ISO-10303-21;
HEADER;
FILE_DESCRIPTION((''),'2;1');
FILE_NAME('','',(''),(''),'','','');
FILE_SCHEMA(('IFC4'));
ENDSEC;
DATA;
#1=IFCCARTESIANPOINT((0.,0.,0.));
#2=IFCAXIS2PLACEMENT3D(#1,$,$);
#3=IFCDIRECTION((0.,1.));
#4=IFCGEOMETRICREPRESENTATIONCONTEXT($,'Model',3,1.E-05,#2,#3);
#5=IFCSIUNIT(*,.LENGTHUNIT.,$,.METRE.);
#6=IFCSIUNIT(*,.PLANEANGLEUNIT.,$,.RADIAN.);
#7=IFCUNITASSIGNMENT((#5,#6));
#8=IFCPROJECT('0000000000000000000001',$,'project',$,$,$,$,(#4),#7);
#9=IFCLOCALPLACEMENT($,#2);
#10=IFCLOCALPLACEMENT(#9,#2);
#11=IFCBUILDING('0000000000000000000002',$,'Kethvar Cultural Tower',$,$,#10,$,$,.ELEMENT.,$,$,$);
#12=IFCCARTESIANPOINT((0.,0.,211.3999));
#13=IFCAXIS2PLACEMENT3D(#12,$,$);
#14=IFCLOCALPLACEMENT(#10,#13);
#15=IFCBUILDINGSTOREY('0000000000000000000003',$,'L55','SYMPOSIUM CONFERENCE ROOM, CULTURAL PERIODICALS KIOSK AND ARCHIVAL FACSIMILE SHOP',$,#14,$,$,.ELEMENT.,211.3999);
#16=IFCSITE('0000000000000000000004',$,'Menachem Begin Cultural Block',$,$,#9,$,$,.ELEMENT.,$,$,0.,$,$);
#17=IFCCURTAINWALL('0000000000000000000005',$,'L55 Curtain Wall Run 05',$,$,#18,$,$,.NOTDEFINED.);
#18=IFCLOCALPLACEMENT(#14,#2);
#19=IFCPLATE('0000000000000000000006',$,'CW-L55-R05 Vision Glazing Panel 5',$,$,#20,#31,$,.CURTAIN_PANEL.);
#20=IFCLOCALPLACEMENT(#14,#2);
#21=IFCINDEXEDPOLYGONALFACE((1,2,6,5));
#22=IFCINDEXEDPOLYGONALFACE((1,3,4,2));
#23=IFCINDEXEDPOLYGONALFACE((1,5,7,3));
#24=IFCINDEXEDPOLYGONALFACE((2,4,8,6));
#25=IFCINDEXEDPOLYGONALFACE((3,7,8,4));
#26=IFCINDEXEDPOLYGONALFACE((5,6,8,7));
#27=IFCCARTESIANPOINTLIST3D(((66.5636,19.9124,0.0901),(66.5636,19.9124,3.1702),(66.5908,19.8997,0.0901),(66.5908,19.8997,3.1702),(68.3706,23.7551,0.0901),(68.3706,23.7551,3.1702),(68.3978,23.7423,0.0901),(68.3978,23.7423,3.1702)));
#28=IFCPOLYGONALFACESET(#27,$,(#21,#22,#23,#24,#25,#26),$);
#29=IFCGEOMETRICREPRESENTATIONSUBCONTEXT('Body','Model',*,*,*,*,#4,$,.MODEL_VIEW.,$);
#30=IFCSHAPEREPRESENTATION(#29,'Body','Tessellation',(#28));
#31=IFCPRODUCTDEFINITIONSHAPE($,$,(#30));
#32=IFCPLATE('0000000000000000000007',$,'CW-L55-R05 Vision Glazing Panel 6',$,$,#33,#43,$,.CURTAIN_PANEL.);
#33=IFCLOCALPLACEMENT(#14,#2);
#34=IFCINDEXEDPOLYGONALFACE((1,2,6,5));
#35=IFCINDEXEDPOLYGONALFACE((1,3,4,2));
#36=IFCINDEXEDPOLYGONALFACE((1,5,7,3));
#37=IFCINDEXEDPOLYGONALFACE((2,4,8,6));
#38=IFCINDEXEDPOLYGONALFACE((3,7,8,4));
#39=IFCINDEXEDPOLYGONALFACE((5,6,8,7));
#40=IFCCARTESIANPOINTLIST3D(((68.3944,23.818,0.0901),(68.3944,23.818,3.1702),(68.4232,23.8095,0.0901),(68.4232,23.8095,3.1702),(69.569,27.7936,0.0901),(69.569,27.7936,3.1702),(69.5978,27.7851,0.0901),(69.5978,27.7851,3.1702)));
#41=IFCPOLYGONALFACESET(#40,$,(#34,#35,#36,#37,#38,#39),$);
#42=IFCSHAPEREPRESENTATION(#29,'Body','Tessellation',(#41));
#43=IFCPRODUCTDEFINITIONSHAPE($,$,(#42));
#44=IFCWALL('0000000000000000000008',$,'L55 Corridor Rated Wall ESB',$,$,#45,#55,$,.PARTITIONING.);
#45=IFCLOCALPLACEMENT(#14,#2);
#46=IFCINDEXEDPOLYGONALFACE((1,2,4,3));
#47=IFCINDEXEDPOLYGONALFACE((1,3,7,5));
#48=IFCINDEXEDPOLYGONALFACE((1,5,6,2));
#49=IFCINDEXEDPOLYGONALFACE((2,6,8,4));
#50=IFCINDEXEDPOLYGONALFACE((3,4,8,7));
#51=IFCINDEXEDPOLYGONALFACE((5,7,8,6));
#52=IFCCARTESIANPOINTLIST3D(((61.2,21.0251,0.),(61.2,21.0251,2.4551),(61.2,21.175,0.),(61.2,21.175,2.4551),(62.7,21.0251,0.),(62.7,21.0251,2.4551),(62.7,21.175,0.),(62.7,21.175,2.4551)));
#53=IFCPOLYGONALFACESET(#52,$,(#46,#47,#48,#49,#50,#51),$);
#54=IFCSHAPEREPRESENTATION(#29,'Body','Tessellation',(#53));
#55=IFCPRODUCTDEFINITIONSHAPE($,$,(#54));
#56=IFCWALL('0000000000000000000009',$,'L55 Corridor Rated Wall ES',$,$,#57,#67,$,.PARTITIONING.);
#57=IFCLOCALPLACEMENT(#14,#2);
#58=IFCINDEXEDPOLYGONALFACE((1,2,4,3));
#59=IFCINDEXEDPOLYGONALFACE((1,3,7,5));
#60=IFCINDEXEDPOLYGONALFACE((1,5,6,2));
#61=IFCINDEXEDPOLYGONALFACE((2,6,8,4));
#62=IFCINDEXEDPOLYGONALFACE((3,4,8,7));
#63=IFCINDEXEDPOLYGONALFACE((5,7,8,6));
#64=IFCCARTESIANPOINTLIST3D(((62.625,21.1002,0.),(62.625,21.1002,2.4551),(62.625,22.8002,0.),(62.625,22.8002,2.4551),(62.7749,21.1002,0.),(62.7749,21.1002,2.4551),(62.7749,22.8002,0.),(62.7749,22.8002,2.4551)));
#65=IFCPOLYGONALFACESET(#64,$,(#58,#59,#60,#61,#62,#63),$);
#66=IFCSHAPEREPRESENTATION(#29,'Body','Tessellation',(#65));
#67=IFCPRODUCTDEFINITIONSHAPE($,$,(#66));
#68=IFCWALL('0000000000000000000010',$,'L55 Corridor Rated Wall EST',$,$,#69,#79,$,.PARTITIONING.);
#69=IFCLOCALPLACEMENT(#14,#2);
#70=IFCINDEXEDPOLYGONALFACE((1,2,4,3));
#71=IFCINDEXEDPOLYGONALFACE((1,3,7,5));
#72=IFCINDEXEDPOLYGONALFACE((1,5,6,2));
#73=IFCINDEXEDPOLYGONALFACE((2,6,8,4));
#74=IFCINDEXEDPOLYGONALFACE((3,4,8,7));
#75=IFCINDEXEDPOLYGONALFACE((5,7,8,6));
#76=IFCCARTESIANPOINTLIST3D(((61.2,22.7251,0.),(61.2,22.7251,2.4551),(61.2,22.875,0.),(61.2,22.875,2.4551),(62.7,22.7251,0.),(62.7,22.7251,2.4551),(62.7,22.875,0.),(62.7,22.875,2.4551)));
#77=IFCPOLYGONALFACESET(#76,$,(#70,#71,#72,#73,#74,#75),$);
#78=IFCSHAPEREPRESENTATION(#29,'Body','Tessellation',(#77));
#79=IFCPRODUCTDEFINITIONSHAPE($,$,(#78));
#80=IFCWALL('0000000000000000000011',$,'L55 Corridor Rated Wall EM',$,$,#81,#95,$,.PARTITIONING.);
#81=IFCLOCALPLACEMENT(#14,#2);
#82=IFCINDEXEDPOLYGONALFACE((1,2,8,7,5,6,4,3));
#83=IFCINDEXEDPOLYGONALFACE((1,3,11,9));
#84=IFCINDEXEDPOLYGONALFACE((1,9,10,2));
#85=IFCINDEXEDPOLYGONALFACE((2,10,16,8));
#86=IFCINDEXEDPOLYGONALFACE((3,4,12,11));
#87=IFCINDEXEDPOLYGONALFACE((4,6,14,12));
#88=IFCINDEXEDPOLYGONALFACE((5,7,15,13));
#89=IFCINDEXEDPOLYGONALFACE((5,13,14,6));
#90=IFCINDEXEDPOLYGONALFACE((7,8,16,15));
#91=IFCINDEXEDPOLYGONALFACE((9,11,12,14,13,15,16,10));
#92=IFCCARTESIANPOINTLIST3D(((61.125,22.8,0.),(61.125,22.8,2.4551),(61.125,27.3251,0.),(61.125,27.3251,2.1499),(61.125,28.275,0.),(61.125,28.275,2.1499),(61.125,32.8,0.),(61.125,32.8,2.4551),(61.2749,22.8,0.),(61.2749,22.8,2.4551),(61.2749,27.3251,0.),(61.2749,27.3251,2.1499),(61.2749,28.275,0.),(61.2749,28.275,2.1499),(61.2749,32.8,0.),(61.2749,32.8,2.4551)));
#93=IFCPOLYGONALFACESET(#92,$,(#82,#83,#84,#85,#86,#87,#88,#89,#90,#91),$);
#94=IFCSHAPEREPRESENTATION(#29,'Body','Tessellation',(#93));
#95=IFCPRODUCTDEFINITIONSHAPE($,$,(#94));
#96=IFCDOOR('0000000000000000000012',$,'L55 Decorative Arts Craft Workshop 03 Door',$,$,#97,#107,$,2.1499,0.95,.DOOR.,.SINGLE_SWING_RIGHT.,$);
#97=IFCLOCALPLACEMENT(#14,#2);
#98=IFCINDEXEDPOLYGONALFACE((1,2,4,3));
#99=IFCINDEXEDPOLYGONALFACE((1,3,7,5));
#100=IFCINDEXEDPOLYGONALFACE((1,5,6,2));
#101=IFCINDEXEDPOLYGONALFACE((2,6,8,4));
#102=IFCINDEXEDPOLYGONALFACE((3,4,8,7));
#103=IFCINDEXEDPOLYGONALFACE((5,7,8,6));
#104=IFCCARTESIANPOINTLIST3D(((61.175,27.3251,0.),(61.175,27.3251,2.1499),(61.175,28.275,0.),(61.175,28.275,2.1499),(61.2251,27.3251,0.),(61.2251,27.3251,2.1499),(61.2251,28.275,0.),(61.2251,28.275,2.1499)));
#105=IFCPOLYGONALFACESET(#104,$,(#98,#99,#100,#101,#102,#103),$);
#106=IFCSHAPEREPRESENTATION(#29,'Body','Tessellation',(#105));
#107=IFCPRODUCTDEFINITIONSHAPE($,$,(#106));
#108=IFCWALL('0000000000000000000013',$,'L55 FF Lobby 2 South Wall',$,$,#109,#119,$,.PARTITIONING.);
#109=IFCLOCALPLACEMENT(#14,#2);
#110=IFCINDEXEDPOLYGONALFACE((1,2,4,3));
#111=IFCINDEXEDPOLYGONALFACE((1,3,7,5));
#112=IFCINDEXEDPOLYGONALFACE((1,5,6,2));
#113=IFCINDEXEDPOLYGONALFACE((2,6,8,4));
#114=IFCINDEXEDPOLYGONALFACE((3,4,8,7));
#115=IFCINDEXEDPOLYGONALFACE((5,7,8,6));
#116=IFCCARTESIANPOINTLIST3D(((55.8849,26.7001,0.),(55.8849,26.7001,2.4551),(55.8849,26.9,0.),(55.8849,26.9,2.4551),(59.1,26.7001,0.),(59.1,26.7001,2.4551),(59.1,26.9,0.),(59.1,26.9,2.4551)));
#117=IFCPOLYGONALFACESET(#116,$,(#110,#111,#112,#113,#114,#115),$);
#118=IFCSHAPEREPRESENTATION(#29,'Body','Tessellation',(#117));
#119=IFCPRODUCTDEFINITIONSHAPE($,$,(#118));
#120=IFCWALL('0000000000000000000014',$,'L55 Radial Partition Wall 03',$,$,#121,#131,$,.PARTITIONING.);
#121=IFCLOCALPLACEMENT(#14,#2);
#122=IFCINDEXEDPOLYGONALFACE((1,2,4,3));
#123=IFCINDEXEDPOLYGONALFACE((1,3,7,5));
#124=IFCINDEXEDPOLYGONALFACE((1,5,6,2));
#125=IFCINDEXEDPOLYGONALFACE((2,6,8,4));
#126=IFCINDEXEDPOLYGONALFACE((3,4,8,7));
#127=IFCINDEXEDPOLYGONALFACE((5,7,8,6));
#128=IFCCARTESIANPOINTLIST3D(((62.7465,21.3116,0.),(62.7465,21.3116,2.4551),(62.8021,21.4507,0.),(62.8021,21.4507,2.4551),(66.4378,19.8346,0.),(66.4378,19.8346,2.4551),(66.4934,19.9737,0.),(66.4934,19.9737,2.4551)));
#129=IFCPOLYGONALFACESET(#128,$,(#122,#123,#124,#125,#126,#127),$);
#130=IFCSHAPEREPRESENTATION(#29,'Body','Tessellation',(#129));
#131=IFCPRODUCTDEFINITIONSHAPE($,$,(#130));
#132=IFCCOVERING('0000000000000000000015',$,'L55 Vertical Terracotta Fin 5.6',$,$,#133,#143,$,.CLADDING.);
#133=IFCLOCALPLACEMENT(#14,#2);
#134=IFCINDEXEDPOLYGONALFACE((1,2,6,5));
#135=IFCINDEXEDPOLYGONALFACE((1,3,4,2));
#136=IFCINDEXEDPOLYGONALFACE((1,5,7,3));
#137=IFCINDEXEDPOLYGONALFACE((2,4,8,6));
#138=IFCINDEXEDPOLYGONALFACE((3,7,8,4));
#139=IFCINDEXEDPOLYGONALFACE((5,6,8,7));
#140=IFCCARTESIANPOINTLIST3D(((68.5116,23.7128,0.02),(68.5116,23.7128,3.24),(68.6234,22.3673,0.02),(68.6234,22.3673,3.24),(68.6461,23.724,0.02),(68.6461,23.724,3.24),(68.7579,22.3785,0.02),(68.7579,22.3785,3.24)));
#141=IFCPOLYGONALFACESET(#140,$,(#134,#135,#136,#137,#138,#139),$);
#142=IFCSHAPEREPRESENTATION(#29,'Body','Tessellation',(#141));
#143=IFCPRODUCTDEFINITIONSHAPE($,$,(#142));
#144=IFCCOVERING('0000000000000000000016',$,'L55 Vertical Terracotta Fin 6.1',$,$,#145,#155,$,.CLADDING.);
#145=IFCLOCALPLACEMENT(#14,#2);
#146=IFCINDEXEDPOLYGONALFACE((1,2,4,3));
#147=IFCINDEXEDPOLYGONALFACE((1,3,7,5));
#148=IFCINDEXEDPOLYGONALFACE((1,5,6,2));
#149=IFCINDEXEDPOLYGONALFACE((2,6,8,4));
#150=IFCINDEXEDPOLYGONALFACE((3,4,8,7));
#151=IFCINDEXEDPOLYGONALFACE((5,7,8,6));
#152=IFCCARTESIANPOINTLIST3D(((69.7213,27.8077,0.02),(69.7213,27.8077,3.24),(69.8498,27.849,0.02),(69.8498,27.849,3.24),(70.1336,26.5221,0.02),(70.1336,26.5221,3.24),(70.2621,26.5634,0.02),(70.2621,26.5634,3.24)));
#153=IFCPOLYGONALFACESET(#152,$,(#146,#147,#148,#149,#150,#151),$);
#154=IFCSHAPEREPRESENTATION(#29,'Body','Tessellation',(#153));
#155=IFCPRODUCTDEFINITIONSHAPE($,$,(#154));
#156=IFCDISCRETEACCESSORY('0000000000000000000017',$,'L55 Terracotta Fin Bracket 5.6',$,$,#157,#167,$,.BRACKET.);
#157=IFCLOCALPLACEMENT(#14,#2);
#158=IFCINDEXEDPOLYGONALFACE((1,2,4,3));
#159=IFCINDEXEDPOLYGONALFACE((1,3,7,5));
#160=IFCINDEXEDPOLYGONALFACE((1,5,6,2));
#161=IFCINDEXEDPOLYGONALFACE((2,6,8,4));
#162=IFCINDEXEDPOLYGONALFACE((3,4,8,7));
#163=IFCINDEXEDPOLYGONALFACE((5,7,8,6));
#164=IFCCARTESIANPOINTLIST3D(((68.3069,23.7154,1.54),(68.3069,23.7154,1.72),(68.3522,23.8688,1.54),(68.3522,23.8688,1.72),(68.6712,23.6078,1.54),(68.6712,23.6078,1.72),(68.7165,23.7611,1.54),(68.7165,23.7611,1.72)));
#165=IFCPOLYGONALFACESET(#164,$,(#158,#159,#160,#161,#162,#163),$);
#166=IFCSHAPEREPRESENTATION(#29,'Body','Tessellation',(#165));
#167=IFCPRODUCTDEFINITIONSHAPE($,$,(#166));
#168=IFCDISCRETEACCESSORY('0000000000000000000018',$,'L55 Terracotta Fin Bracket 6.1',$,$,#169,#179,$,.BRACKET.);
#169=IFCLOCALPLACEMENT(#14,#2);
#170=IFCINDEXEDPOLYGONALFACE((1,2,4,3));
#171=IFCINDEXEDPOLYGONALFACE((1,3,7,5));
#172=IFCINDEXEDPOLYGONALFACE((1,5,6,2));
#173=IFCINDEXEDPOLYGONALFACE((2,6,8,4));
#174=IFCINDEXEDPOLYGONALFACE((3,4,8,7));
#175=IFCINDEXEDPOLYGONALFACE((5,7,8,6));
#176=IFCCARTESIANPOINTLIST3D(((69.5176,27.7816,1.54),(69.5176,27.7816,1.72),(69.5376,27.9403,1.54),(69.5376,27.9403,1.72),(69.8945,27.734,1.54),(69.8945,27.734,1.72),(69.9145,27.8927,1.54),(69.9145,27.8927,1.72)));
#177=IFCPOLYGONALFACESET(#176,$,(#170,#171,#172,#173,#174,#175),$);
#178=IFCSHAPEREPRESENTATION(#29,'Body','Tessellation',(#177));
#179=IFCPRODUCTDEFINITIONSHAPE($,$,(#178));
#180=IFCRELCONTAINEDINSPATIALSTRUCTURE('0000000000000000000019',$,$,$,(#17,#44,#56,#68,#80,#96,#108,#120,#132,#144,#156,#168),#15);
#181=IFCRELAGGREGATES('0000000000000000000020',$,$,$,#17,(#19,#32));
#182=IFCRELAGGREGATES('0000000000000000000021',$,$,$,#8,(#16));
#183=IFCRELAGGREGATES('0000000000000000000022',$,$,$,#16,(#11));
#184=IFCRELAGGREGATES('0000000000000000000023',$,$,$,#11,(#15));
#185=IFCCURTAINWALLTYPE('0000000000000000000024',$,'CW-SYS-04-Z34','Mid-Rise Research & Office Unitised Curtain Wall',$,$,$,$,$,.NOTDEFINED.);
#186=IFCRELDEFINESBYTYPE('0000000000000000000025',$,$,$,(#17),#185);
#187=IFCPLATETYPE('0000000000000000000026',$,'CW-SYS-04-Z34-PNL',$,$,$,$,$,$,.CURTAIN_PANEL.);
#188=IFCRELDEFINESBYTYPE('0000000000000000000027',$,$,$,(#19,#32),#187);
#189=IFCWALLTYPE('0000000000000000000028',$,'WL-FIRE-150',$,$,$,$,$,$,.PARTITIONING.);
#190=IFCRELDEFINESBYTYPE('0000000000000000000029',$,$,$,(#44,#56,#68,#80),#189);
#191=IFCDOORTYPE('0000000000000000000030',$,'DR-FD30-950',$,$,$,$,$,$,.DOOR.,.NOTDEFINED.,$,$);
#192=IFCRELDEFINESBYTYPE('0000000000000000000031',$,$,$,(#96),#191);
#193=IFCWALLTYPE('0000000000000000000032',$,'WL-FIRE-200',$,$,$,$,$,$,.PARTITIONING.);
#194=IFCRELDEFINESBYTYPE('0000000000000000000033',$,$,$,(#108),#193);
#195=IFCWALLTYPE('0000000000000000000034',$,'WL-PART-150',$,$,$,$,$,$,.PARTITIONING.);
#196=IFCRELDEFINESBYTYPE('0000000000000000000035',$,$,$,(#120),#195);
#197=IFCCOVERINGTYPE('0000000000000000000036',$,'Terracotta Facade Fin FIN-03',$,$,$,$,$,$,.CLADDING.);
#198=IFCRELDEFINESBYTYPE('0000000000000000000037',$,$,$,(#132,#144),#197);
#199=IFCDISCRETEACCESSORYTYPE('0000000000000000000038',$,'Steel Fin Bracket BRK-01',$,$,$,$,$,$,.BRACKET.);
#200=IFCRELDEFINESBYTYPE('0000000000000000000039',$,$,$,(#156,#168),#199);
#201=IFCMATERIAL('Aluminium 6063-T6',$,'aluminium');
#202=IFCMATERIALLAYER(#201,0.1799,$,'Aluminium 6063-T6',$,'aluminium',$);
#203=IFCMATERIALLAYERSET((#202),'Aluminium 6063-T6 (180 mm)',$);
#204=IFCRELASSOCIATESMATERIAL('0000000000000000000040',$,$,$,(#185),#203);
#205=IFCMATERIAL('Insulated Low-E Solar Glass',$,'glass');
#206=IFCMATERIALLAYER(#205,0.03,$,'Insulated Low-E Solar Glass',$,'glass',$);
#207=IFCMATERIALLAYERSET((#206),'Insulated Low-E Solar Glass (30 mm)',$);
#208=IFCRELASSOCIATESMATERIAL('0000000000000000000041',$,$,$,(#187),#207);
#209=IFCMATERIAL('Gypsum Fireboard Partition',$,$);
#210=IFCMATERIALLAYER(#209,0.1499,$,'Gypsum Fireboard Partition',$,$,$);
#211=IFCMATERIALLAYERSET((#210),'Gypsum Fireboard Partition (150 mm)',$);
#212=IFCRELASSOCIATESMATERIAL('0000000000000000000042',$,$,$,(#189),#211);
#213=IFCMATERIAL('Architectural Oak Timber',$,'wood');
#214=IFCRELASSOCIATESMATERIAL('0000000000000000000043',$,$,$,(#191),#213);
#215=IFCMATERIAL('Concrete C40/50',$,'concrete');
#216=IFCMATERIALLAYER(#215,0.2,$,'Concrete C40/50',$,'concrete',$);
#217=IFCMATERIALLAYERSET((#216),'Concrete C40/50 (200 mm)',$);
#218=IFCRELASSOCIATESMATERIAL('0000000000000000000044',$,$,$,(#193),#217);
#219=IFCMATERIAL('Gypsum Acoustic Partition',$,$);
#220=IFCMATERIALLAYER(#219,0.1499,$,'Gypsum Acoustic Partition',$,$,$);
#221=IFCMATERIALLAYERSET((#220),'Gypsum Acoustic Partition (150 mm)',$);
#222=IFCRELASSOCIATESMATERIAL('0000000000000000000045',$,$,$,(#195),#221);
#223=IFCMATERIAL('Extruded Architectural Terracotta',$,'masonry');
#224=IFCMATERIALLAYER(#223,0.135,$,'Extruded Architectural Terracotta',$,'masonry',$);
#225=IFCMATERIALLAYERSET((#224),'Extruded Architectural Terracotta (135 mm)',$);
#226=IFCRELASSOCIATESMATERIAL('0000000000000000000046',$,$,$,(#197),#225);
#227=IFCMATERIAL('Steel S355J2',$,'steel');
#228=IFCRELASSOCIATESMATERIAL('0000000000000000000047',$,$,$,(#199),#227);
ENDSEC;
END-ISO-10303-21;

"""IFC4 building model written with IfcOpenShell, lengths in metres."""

from ifc_helpers import new_model, si_unit, direction, frame, frame_2d, origin, origin_2d, place, context, subcontext, project, spatial, rectangle, extrude, source, transform, mapped, material, layer, layer_set, type_object, element, fill, aggregate, save


model = new_model("IFC4")

# Units and contexts
model_context = context("Model", 3, precision=1e-05, world=origin(), true_north=direction((0.0, 1.0)))
body_context = subcontext(model_context, "Body", "Model", "MODEL_VIEW")
ifc_project = project(units=[si_unit("LENGTHUNIT", "METRE"), si_unit("PLANEANGLEUNIT", "RADIAN")], contexts=[model_context])

# Site, building, storey
site_placement = place(None, origin())
site = spatial("IfcSite", under=ifc_project, at=site_placement, Name="Menachem Begin Cultural Block", CompositionType="ELEMENT", RefElevation=0.0)
building_placement = place(site_placement, origin())
building = spatial("IfcBuilding", under=site, at=building_placement, Name="Kethvar Cultural Tower", CompositionType="ELEMENT")
storey_placement = place(building_placement, frame((0.0, 0.0, 211.3999)))
storey = spatial("IfcBuildingStorey", under=building, at=storey_placement, Name="L55", Description="SYMPOSIUM CONFERENCE ROOM, CULTURAL PERIODICALS KIOSK AND ARCHIVAL FACSIMILE SHOP", CompositionType="ELEMENT", Elevation=211.3999)

# Shared definitions
ifc_material_1 = material(Name="Steel S355J2", Category="steel")

# Curtain wall
ifc_material_2 = material(Name="Aluminium 6063-T6", Category="aluminium")
ifc_layer_1 = layer(ifc_material_2, 0.1799, Name="Aluminium 6063-T6", Category="aluminium")
ifc_layer_set_1 = layer_set([ifc_layer_1], Name="Aluminium 6063-T6 (180 mm)")
curtain_wall_type = type_object("IfcCurtainWallType", Name="CW-SYS-04-Z34", Description="Mid-Rise Research & Office Unitised Curtain Wall", PredefinedType="NOTDEFINED", material=ifc_layer_set_1)
curtain_wall_1_placement = place(storey_placement, origin())
curtain_wall_1 = element("IfcCurtainWall", 1, at=curtain_wall_1_placement, inside=storey, type_object=curtain_wall_type, Name="L55 Curtain Wall Run 05", PredefinedType="NOTDEFINED")

# Plates
ifc_material_3 = material(Name="Insulated Low-E Solar Glass", Category="glass")
ifc_layer_2 = layer(ifc_material_3, 0.03, Name="Insulated Low-E Solar Glass", Category="glass")
ifc_layer_set_2 = layer_set([ifc_layer_2], Name="Insulated Low-E Solar Glass (30 mm)")
plate_type = type_object("IfcPlateType", Name="CW-SYS-04-Z34-PNL", PredefinedType="CURTAIN_PANEL", material=ifc_layer_set_2)
shared_shape_1 = source(origin(), body_context, "Body", "SweptSolid", [
    extrude(rectangle(XDim=4.2463, YDim=0.03, at=origin_2d()), origin(), (0.0, 0.0, 1.0), 3.0801),
])
plate_1_placement = place(storey_placement, frame((67.4807, 21.8274, 0.0901), z_axis=(0.0, 0.0, 1.0), x_axis=(0.425542, 0.904938, 0.0)))
plate_1 = element("IfcPlate", 2, at=plate_1_placement, type_object=plate_type, Name="CW-L55-R05 Vision Glazing Panel 5", PredefinedType="CURTAIN_PANEL", context=body_context, shape_type="MappedRepresentation", body=[
    mapped(shared_shape_1, transform((0.0, 0.0, 0.0), scale=1.0)),
])
shared_shape_2 = source(origin(), body_context, "Body", "SweptSolid", [
    extrude(rectangle(XDim=4.1455, YDim=0.03, at=origin_2d()), origin(), (0.0, 0.0, 1.0), 3.0801),
])
plate_2_placement = place(storey_placement, frame((68.9961, 25.8015, 0.0901), z_axis=(0.0, 0.0, 1.0), x_axis=(0.283346, 0.959018, 0.0)))
plate_2 = element("IfcPlate", 3, at=plate_2_placement, type_object=plate_type, Name="CW-L55-R05 Vision Glazing Panel 6", PredefinedType="CURTAIN_PANEL", context=body_context, shape_type="MappedRepresentation", body=[
    mapped(shared_shape_2, transform((0.0, 0.0, 0.0), scale=1.0)),
])
aggregate(curtain_wall_1, [plate_1, plate_2])

# Walls
ifc_material_4 = material(Name="Gypsum Fireboard Partition")
ifc_layer_3 = layer(ifc_material_4, 0.1499, Name="Gypsum Fireboard Partition")
ifc_layer_set_3 = layer_set([ifc_layer_3], Name="Gypsum Fireboard Partition (150 mm)")
wall_type_1 = type_object("IfcWallType", Name="WL-FIRE-150", PredefinedType="PARTITIONING", material=ifc_layer_set_3)
wall_1_placement = place(storey_placement, frame((61.2, 21.1001, 0.0), z_axis=(0.0, 0.0, 1.0), x_axis=(1.0, 0.0, 0.0)))
element("IfcWall", 4, at=wall_1_placement, inside=storey, type_object=wall_type_1, Name="L55 Corridor Rated Wall ESB", PredefinedType="PARTITIONING", context=body_context, shape_type="SweptSolid", body=[
    extrude(rectangle(XDim=1.5, YDim=0.1499, at=frame_2d((0.75, 0.0))), origin(), (0.0, 0.0, 1.0), 2.4551),
])
wall_2_placement = place(storey_placement, frame((62.7, 21.1001, 0.0), z_axis=(0.0, 0.0, 1.0), x_axis=(0.0, 1.0, 0.0)))
element("IfcWall", 5, at=wall_2_placement, inside=storey, type_object=wall_type_1, Name="L55 Corridor Rated Wall ES", PredefinedType="PARTITIONING", context=body_context, shape_type="SweptSolid", body=[
    extrude(rectangle(XDim=1.7, YDim=0.1499, at=frame_2d((0.8501, 0.0))), origin(), (0.0, 0.0, 1.0), 2.4551),
])
wall_3_placement = place(storey_placement, frame((62.7, 22.8, 0.0), z_axis=(0.0, 0.0, 1.0), x_axis=(-1.0, 0.0, 0.0)))
element("IfcWall", 6, at=wall_3_placement, inside=storey, type_object=wall_type_1, Name="L55 Corridor Rated Wall EST", PredefinedType="PARTITIONING", context=body_context, shape_type="SweptSolid", body=[
    extrude(rectangle(XDim=1.5, YDim=0.1499, at=frame_2d((0.75, 0.0))), origin(), (0.0, 0.0, 1.0), 2.4551),
])

# Wall, opening, door
wall_4_placement = place(storey_placement, frame((61.2, 22.8, 0.0), z_axis=(0.0, 0.0, 1.0), x_axis=(0.0, 1.0, 0.0)))
wall_4 = element("IfcWall", 7, at=wall_4_placement, inside=storey, type_object=wall_type_1, Name="L55 Corridor Rated Wall EM", PredefinedType="PARTITIONING", context=body_context, shape_type="SweptSolid", body=[
    extrude(rectangle(XDim=10.0, YDim=0.1499, at=frame_2d((5.0, 0.0))), origin(), (0.0, 0.0, 1.0), 2.4551),
])
opening_1_placement = place(wall_4_placement, frame((4.5249, 0.0, 0.0)))
opening_1 = element("IfcOpeningElement", 8, at=opening_1_placement, cuts=wall_4, PredefinedType="OPENING", context=body_context, shape_type="SweptSolid", body=[
    extrude(rectangle(XDim=0.95, YDim=2.1499, at=frame_2d((0.4751, 1.075))), frame((0.0, 0.085, 0.0), z_axis=(0.0, -1.0, 0.0), x_axis=(1.0, 0.0, 0.0)), (0.0, 0.0, 1.0), 0.1699),
])
ifc_material_5 = material(Name="Architectural Oak Timber", Category="wood")
door_type_1 = type_object("IfcDoorType", Name="DR-FD30-950", OperationType="NOTDEFINED", PredefinedType="DOOR", material=ifc_material_5)
shared_shape_3 = source(origin(), body_context, "Body", "SweptSolid", [
    extrude(rectangle(XDim=0.95, YDim=2.1499, at=frame_2d((0.4751, 1.075))), frame((0.0, 0.0249, 0.0), z_axis=(0.0, -1.0, 0.0), x_axis=(1.0, 0.0, 0.0)), (0.0, 0.0, 1.0), 0.05),
])
door_1_placement = place(opening_1_placement, origin())
door_1 = element("IfcDoor", 9, at=door_1_placement, inside=storey, type_object=door_type_1, Name="L55 Decorative Arts Craft Workshop 03 Door", OperationType="SINGLE_SWING_RIGHT", OverallHeight=2.1499, OverallWidth=0.95, PredefinedType="DOOR", context=body_context, shape_type="MappedRepresentation", body=[
    mapped(shared_shape_3, transform((0.0, 0.0, 0.0), scale=1.0)),
])
fill(opening_1, door_1)
ifc_material_6 = material(Name="Concrete C40/50", Category="concrete")
ifc_layer_4 = layer(ifc_material_6, 0.2, Name="Concrete C40/50", Category="concrete")
ifc_layer_set_4 = layer_set([ifc_layer_4], Name="Concrete C40/50 (200 mm)")
wall_type_2 = type_object("IfcWallType", Name="WL-FIRE-200", PredefinedType="PARTITIONING", material=ifc_layer_set_4)

# Walls
wall_5_placement = place(storey_placement, frame((55.885, 26.8, 0.0), z_axis=(0.0, 0.0, 1.0), x_axis=(1.0, 0.0, 0.0)))
element("IfcWall", 10, at=wall_5_placement, inside=storey, type_object=wall_type_2, Name="L55 FF Lobby 2 South Wall", PredefinedType="PARTITIONING", context=body_context, shape_type="SweptSolid", body=[
    extrude(rectangle(XDim=3.2151, YDim=0.2, at=frame_2d((1.6074, 0.0))), origin(), (0.0, 0.0, 1.0), 2.4551),
])
ifc_material_7 = material(Name="Gypsum Acoustic Partition")
ifc_layer_5 = layer(ifc_material_7, 0.1499, Name="Gypsum Acoustic Partition")
ifc_layer_set_5 = layer_set([ifc_layer_5], Name="Gypsum Acoustic Partition (150 mm)")
wall_type_3 = type_object("IfcWallType", Name="WL-PART-150", PredefinedType="PARTITIONING", material=ifc_layer_set_5)
wall_6_placement = place(storey_placement, frame((62.7744, 21.3811, 0.0), z_axis=(0.0, 0.0, 1.0), x_axis=(0.928434, -0.371497, 0.0)))
element("IfcWall", 11, at=wall_6_placement, inside=storey, type_object=wall_type_3, Name="L55 Radial Partition Wall 03", PredefinedType="PARTITIONING", context=body_context, shape_type="SweptSolid", body=[
    extrude(rectangle(XDim=3.9758, YDim=0.1499, at=frame_2d((1.9878, 0.0))), origin(), (0.0, 0.0, 1.0), 2.4551),
])

# Coverings
ifc_material_8 = material(Name="Extruded Architectural Terracotta", Category="masonry")
ifc_layer_6 = layer(ifc_material_8, 0.135, Name="Extruded Architectural Terracotta", Category="masonry")
ifc_layer_set_6 = layer_set([ifc_layer_6], Name="Extruded Architectural Terracotta (135 mm)")
covering_type = type_object("IfcCoveringType", Name="Terracotta Facade Fin FIN-03", PredefinedType="CLADDING", material=ifc_layer_set_6)
shared_shape_4 = source(origin(), body_context, "Body", "SweptSolid", [
    extrude(rectangle(XDim=1.3501, YDim=0.135, at=origin_2d()), origin(), (0.0, 0.0, 1.0), 3.22),
])
for number, where, z_axis, x_axis, name in (
    (12, (68.6348, 23.0457, 0.02), (0.0, 0.0, 1.0), (0.082808, -0.996566, 0.0), "L55 Vertical Terracotta Fin 5.6"),
    (13, (69.9917, 27.1855, 0.02), (0.0, 0.0, 1.0), (0.305363, -0.952236, 0.0), "L55 Vertical Terracotta Fin 6.1"),
):
    element("IfcCovering", number, at=place(storey_placement, frame(where, z_axis=z_axis, x_axis=x_axis)), inside=storey, type_object=covering_type, Name=name, PredefinedType="CLADDING", context=body_context, shape_type="MappedRepresentation", body=[
        mapped(shared_shape_4, transform((0.0, 0.0, 0.0), scale=1.0)),
    ])

# Discrete accessories
discrete_accessory_type = type_object("IfcDiscreteAccessoryType", Name="Steel Fin Bracket BRK-01", PredefinedType="BRACKET", material=ifc_material_1)
shared_shape_5 = source(origin(), body_context, "Body", "SweptSolid", [
    extrude(rectangle(XDim=0.3799, YDim=0.1599, at=origin_2d()), origin(), (0.0, 0.0, 1.0), 0.1799),
])
for number, where, z_axis, x_axis, name in (
    (14, (68.5117, 23.7383, 1.54), (0.0, 0.0, 1.0), (0.959018, -0.283346, 0.0), "L55 Terracotta Fin Bracket 5.6"),
    (15, (69.7161, 27.8372, 1.54), (0.0, 0.0, 1.0), (0.992115, -0.125333, 0.0), "L55 Terracotta Fin Bracket 6.1"),
):
    element("IfcDiscreteAccessory", number, at=place(storey_placement, frame(where, z_axis=z_axis, x_axis=x_axis)), inside=storey, type_object=discrete_accessory_type, Name=name, PredefinedType="BRACKET", context=body_context, shape_type="MappedRepresentation", body=[
        mapped(shared_shape_5, transform((0.0, 0.0, 0.0), scale=1.0)),
    ])

save(model, "model.ifc")
